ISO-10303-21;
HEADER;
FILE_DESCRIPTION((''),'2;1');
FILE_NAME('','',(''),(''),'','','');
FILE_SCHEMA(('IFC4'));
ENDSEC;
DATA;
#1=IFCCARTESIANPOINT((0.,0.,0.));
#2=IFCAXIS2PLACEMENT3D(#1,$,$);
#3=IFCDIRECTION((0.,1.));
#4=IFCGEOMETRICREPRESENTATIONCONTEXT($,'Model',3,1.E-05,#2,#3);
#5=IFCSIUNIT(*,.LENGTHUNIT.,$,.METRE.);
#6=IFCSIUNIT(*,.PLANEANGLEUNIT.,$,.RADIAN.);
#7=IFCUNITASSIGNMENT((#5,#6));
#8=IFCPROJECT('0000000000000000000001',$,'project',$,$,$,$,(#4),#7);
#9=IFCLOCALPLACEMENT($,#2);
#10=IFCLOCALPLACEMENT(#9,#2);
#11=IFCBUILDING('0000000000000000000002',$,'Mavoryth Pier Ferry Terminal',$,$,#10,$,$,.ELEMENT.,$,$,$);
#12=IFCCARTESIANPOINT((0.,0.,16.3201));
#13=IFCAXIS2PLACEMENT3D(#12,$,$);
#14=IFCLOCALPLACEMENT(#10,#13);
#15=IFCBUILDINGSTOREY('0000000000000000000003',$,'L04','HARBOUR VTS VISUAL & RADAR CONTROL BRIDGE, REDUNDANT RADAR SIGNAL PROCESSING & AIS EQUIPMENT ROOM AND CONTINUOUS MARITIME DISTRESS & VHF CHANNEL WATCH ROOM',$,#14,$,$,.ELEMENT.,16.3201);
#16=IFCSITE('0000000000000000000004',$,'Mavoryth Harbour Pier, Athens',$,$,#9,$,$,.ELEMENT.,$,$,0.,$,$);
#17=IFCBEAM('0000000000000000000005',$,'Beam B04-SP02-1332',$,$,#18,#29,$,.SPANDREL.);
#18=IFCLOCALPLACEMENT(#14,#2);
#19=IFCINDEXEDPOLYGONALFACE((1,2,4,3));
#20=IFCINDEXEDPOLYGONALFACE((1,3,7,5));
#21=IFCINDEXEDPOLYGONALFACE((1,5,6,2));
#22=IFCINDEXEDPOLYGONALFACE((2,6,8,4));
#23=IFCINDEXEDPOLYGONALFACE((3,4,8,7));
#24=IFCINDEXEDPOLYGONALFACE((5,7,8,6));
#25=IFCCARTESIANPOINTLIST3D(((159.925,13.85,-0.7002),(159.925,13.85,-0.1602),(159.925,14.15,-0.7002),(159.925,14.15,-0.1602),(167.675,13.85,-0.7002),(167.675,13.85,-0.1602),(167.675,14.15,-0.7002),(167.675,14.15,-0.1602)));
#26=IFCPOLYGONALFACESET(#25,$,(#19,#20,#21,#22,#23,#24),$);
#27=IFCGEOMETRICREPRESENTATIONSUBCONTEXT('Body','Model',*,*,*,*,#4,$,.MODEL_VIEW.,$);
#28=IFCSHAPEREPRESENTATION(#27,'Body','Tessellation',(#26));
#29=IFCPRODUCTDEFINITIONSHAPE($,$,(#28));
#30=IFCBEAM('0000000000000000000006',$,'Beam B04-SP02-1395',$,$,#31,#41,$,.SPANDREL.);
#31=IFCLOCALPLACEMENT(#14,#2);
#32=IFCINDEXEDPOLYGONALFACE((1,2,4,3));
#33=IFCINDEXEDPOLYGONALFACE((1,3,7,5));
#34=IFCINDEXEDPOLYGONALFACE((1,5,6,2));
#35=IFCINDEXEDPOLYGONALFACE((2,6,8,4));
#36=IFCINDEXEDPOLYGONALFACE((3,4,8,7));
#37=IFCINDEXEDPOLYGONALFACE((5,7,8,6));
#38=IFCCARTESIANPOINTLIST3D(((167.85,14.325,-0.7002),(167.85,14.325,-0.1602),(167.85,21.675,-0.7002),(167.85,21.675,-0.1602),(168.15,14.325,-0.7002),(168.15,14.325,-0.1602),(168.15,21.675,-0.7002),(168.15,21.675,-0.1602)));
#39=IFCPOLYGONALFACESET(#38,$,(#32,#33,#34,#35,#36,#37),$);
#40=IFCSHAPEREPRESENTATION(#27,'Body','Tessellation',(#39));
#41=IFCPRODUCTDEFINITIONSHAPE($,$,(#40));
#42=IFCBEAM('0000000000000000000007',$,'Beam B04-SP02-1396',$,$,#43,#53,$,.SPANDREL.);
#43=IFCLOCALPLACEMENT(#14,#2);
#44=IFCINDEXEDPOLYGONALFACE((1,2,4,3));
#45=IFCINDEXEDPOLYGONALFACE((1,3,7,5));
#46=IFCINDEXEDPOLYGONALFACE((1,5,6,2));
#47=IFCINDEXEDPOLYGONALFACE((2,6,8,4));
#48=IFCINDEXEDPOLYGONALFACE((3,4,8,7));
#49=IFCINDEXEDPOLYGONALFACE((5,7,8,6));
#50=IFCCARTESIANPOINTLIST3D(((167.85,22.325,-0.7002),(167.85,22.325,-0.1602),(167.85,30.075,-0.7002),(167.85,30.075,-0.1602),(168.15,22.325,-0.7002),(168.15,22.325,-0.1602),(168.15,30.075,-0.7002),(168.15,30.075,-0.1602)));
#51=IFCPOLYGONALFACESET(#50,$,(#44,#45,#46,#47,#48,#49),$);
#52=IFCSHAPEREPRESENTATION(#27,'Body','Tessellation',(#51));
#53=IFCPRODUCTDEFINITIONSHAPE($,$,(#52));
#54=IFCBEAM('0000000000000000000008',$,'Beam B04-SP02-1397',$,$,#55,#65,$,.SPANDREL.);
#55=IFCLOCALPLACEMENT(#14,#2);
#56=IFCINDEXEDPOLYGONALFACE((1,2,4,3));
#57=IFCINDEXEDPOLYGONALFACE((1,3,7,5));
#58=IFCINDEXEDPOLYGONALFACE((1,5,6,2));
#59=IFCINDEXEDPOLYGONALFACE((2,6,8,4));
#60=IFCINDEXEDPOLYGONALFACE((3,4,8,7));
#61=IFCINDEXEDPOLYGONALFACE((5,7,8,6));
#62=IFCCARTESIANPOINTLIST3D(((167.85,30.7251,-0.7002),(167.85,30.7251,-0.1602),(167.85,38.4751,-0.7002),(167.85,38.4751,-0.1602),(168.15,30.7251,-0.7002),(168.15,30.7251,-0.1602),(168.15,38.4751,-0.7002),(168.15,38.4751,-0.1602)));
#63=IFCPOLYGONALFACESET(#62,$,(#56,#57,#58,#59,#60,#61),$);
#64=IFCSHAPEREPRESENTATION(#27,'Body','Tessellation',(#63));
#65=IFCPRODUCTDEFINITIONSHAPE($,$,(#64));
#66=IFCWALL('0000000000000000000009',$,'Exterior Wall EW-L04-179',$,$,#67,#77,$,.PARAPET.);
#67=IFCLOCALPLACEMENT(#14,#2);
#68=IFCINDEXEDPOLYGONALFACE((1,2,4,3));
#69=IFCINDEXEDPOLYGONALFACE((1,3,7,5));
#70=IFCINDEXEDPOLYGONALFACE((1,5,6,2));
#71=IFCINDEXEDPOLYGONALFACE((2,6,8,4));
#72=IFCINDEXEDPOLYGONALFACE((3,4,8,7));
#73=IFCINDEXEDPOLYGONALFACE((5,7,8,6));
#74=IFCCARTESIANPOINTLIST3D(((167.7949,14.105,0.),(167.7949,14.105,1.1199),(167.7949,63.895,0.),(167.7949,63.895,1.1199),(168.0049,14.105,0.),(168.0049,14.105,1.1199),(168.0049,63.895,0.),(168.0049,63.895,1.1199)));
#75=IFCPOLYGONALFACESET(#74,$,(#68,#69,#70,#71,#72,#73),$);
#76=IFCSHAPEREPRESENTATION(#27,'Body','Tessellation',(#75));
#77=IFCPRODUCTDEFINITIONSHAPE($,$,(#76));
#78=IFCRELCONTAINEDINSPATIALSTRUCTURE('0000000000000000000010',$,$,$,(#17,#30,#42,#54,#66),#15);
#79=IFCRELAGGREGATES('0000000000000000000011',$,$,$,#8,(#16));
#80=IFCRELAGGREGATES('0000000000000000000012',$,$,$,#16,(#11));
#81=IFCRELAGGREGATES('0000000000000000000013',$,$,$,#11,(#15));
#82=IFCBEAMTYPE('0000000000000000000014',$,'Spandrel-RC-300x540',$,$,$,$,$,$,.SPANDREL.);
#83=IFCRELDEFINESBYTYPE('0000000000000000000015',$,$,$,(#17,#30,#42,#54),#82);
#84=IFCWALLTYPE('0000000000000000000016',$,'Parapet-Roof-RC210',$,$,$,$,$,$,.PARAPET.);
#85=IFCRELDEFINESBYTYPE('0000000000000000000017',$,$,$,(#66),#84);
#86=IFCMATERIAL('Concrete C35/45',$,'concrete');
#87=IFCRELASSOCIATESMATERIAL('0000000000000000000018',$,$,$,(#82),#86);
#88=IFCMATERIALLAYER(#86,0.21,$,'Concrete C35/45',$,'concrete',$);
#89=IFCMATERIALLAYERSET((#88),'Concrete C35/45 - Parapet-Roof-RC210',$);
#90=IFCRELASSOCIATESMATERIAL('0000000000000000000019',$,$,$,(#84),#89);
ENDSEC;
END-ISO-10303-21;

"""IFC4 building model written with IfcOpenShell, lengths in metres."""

from ifc_helpers import new_model, si_unit, direction, frame, frame_2d, origin, origin_2d, place, context, subcontext, project, spatial, rectangle, extrude, material, layer, layer_set, material_profile, profile_set, type_object, element, save


model = new_model("IFC4")

# Units and contexts
model_context = context("Model", 3, precision=1e-05, world=origin(), true_north=direction((0.0, 1.0)))
body_context = subcontext(model_context, "Body", "Model", "MODEL_VIEW")
ifc_project = project(units=[si_unit("LENGTHUNIT", "METRE"), si_unit("PLANEANGLEUNIT", "RADIAN")], contexts=[model_context])

# Site, building, storey
site_placement = place(None, origin())
site = spatial("IfcSite", under=ifc_project, at=site_placement, Name="Mavoryth Harbour Pier, Athens", CompositionType="ELEMENT", RefElevation=0.0)
building_placement = place(site_placement, origin())
building = spatial("IfcBuilding", under=site, at=building_placement, Name="Mavoryth Pier Ferry Terminal", CompositionType="ELEMENT")
storey_placement = place(building_placement, frame((0.0, 0.0, 16.3201)))
storey = spatial("IfcBuildingStorey", under=building, at=storey_placement, Name="L04", Description="HARBOUR VTS VISUAL & RADAR CONTROL BRIDGE, REDUNDANT RADAR SIGNAL PROCESSING & AIS EQUIPMENT ROOM AND CONTINUOUS MARITIME DISTRESS & VHF CHANNEL WATCH ROOM", CompositionType="ELEMENT", Elevation=16.3201)

# Beams
ifc_material = material(Name="Concrete C35/45", Category="concrete")
ifc_material_profile_1 = material_profile(ifc_material, rectangle(XDim=0.3, YDim=0.54, at=origin_2d()), Name="RC 300x540", Category="concrete")
ifc_profile_set_1 = profile_set([ifc_material_profile_1], Name="Concrete C35/45 - RC 300x540")
beam_type_1 = type_object("IfcBeamType", Name="Spandrel-RC-300x540", PredefinedType="SPANDREL", material=ifc_profile_set_1)
beam_1_placement = place(storey_placement, frame((159.925, 14.0, -0.4302), z_axis=(1.0, 0.0, 0.0), x_axis=(0.0, 1.0, 0.0)))
element("IfcBeam", 1, at=beam_1_placement, inside=storey, type_object=beam_type_1, Name="Beam B04-SP02-1332", PredefinedType="SPANDREL", context=body_context, shape_type="SweptSolid", body=[
    extrude(rectangle(XDim=0.3, YDim=0.54, at=origin_2d()), origin(), (0.0, 0.0, 1.0), 7.75),
])
beam_2_placement = place(storey_placement, frame((168.0, 14.325, -0.4302), z_axis=(0.0, 1.0, 0.0), x_axis=(-1.0, 0.0, 0.0)))
element("IfcBeam", 2, at=beam_2_placement, inside=storey, type_object=beam_type_1, Name="Beam B04-SP02-1395", PredefinedType="SPANDREL", context=body_context, shape_type="SweptSolid", body=[
    extrude(rectangle(XDim=0.3, YDim=0.54, at=origin_2d()), origin(), (0.0, 0.0, 1.0), 7.3501),
])
for number, where, z_axis, x_axis, name in (
    (3, (168.0, 22.325, -0.4302), (0.0, 1.0, 0.0), (-1.0, 0.0, 0.0), "Beam B04-SP02-1396"),
    (4, (168.0, 30.7251, -0.4302), (0.0, 1.0, 0.0), (-1.0, 0.0, 0.0), "Beam B04-SP02-1397"),
):
    element("IfcBeam", number, at=place(storey_placement, frame(where, z_axis=z_axis, x_axis=x_axis)), inside=storey, type_object=beam_type_1, Name=name, PredefinedType="SPANDREL", context=body_context, shape_type="SweptSolid", body=[
        extrude(rectangle(XDim=0.3, YDim=0.54, at=origin_2d()), origin(), (0.0, 0.0, 1.0), 7.75),
    ])

# Wall
ifc_layer = layer(ifc_material, 0.21, Name="Concrete C35/45", Category="concrete")
ifc_layer_set = layer_set([ifc_layer], Name="Concrete C35/45 - Parapet-Roof-RC210")
wall_type = type_object("IfcWallType", Name="Parapet-Roof-RC210", PredefinedType="PARAPET", material=ifc_layer_set)
wall_placement = place(storey_placement, frame((167.8999, 14.105, 0.0), z_axis=(0.0, 0.0, 1.0), x_axis=(0.0, 1.0, 0.0)))
element("IfcWall", 5, at=wall_placement, inside=storey, type_object=wall_type, Name="Exterior Wall EW-L04-179", PredefinedType="PARAPET", context=body_context, shape_type="SweptSolid", body=[
    extrude(rectangle(XDim=49.79, YDim=0.21, at=frame_2d((24.895, 0.0))), origin(), (0.0, 0.0, 1.0), 1.1199),
])

save(model, "model.ifc")
